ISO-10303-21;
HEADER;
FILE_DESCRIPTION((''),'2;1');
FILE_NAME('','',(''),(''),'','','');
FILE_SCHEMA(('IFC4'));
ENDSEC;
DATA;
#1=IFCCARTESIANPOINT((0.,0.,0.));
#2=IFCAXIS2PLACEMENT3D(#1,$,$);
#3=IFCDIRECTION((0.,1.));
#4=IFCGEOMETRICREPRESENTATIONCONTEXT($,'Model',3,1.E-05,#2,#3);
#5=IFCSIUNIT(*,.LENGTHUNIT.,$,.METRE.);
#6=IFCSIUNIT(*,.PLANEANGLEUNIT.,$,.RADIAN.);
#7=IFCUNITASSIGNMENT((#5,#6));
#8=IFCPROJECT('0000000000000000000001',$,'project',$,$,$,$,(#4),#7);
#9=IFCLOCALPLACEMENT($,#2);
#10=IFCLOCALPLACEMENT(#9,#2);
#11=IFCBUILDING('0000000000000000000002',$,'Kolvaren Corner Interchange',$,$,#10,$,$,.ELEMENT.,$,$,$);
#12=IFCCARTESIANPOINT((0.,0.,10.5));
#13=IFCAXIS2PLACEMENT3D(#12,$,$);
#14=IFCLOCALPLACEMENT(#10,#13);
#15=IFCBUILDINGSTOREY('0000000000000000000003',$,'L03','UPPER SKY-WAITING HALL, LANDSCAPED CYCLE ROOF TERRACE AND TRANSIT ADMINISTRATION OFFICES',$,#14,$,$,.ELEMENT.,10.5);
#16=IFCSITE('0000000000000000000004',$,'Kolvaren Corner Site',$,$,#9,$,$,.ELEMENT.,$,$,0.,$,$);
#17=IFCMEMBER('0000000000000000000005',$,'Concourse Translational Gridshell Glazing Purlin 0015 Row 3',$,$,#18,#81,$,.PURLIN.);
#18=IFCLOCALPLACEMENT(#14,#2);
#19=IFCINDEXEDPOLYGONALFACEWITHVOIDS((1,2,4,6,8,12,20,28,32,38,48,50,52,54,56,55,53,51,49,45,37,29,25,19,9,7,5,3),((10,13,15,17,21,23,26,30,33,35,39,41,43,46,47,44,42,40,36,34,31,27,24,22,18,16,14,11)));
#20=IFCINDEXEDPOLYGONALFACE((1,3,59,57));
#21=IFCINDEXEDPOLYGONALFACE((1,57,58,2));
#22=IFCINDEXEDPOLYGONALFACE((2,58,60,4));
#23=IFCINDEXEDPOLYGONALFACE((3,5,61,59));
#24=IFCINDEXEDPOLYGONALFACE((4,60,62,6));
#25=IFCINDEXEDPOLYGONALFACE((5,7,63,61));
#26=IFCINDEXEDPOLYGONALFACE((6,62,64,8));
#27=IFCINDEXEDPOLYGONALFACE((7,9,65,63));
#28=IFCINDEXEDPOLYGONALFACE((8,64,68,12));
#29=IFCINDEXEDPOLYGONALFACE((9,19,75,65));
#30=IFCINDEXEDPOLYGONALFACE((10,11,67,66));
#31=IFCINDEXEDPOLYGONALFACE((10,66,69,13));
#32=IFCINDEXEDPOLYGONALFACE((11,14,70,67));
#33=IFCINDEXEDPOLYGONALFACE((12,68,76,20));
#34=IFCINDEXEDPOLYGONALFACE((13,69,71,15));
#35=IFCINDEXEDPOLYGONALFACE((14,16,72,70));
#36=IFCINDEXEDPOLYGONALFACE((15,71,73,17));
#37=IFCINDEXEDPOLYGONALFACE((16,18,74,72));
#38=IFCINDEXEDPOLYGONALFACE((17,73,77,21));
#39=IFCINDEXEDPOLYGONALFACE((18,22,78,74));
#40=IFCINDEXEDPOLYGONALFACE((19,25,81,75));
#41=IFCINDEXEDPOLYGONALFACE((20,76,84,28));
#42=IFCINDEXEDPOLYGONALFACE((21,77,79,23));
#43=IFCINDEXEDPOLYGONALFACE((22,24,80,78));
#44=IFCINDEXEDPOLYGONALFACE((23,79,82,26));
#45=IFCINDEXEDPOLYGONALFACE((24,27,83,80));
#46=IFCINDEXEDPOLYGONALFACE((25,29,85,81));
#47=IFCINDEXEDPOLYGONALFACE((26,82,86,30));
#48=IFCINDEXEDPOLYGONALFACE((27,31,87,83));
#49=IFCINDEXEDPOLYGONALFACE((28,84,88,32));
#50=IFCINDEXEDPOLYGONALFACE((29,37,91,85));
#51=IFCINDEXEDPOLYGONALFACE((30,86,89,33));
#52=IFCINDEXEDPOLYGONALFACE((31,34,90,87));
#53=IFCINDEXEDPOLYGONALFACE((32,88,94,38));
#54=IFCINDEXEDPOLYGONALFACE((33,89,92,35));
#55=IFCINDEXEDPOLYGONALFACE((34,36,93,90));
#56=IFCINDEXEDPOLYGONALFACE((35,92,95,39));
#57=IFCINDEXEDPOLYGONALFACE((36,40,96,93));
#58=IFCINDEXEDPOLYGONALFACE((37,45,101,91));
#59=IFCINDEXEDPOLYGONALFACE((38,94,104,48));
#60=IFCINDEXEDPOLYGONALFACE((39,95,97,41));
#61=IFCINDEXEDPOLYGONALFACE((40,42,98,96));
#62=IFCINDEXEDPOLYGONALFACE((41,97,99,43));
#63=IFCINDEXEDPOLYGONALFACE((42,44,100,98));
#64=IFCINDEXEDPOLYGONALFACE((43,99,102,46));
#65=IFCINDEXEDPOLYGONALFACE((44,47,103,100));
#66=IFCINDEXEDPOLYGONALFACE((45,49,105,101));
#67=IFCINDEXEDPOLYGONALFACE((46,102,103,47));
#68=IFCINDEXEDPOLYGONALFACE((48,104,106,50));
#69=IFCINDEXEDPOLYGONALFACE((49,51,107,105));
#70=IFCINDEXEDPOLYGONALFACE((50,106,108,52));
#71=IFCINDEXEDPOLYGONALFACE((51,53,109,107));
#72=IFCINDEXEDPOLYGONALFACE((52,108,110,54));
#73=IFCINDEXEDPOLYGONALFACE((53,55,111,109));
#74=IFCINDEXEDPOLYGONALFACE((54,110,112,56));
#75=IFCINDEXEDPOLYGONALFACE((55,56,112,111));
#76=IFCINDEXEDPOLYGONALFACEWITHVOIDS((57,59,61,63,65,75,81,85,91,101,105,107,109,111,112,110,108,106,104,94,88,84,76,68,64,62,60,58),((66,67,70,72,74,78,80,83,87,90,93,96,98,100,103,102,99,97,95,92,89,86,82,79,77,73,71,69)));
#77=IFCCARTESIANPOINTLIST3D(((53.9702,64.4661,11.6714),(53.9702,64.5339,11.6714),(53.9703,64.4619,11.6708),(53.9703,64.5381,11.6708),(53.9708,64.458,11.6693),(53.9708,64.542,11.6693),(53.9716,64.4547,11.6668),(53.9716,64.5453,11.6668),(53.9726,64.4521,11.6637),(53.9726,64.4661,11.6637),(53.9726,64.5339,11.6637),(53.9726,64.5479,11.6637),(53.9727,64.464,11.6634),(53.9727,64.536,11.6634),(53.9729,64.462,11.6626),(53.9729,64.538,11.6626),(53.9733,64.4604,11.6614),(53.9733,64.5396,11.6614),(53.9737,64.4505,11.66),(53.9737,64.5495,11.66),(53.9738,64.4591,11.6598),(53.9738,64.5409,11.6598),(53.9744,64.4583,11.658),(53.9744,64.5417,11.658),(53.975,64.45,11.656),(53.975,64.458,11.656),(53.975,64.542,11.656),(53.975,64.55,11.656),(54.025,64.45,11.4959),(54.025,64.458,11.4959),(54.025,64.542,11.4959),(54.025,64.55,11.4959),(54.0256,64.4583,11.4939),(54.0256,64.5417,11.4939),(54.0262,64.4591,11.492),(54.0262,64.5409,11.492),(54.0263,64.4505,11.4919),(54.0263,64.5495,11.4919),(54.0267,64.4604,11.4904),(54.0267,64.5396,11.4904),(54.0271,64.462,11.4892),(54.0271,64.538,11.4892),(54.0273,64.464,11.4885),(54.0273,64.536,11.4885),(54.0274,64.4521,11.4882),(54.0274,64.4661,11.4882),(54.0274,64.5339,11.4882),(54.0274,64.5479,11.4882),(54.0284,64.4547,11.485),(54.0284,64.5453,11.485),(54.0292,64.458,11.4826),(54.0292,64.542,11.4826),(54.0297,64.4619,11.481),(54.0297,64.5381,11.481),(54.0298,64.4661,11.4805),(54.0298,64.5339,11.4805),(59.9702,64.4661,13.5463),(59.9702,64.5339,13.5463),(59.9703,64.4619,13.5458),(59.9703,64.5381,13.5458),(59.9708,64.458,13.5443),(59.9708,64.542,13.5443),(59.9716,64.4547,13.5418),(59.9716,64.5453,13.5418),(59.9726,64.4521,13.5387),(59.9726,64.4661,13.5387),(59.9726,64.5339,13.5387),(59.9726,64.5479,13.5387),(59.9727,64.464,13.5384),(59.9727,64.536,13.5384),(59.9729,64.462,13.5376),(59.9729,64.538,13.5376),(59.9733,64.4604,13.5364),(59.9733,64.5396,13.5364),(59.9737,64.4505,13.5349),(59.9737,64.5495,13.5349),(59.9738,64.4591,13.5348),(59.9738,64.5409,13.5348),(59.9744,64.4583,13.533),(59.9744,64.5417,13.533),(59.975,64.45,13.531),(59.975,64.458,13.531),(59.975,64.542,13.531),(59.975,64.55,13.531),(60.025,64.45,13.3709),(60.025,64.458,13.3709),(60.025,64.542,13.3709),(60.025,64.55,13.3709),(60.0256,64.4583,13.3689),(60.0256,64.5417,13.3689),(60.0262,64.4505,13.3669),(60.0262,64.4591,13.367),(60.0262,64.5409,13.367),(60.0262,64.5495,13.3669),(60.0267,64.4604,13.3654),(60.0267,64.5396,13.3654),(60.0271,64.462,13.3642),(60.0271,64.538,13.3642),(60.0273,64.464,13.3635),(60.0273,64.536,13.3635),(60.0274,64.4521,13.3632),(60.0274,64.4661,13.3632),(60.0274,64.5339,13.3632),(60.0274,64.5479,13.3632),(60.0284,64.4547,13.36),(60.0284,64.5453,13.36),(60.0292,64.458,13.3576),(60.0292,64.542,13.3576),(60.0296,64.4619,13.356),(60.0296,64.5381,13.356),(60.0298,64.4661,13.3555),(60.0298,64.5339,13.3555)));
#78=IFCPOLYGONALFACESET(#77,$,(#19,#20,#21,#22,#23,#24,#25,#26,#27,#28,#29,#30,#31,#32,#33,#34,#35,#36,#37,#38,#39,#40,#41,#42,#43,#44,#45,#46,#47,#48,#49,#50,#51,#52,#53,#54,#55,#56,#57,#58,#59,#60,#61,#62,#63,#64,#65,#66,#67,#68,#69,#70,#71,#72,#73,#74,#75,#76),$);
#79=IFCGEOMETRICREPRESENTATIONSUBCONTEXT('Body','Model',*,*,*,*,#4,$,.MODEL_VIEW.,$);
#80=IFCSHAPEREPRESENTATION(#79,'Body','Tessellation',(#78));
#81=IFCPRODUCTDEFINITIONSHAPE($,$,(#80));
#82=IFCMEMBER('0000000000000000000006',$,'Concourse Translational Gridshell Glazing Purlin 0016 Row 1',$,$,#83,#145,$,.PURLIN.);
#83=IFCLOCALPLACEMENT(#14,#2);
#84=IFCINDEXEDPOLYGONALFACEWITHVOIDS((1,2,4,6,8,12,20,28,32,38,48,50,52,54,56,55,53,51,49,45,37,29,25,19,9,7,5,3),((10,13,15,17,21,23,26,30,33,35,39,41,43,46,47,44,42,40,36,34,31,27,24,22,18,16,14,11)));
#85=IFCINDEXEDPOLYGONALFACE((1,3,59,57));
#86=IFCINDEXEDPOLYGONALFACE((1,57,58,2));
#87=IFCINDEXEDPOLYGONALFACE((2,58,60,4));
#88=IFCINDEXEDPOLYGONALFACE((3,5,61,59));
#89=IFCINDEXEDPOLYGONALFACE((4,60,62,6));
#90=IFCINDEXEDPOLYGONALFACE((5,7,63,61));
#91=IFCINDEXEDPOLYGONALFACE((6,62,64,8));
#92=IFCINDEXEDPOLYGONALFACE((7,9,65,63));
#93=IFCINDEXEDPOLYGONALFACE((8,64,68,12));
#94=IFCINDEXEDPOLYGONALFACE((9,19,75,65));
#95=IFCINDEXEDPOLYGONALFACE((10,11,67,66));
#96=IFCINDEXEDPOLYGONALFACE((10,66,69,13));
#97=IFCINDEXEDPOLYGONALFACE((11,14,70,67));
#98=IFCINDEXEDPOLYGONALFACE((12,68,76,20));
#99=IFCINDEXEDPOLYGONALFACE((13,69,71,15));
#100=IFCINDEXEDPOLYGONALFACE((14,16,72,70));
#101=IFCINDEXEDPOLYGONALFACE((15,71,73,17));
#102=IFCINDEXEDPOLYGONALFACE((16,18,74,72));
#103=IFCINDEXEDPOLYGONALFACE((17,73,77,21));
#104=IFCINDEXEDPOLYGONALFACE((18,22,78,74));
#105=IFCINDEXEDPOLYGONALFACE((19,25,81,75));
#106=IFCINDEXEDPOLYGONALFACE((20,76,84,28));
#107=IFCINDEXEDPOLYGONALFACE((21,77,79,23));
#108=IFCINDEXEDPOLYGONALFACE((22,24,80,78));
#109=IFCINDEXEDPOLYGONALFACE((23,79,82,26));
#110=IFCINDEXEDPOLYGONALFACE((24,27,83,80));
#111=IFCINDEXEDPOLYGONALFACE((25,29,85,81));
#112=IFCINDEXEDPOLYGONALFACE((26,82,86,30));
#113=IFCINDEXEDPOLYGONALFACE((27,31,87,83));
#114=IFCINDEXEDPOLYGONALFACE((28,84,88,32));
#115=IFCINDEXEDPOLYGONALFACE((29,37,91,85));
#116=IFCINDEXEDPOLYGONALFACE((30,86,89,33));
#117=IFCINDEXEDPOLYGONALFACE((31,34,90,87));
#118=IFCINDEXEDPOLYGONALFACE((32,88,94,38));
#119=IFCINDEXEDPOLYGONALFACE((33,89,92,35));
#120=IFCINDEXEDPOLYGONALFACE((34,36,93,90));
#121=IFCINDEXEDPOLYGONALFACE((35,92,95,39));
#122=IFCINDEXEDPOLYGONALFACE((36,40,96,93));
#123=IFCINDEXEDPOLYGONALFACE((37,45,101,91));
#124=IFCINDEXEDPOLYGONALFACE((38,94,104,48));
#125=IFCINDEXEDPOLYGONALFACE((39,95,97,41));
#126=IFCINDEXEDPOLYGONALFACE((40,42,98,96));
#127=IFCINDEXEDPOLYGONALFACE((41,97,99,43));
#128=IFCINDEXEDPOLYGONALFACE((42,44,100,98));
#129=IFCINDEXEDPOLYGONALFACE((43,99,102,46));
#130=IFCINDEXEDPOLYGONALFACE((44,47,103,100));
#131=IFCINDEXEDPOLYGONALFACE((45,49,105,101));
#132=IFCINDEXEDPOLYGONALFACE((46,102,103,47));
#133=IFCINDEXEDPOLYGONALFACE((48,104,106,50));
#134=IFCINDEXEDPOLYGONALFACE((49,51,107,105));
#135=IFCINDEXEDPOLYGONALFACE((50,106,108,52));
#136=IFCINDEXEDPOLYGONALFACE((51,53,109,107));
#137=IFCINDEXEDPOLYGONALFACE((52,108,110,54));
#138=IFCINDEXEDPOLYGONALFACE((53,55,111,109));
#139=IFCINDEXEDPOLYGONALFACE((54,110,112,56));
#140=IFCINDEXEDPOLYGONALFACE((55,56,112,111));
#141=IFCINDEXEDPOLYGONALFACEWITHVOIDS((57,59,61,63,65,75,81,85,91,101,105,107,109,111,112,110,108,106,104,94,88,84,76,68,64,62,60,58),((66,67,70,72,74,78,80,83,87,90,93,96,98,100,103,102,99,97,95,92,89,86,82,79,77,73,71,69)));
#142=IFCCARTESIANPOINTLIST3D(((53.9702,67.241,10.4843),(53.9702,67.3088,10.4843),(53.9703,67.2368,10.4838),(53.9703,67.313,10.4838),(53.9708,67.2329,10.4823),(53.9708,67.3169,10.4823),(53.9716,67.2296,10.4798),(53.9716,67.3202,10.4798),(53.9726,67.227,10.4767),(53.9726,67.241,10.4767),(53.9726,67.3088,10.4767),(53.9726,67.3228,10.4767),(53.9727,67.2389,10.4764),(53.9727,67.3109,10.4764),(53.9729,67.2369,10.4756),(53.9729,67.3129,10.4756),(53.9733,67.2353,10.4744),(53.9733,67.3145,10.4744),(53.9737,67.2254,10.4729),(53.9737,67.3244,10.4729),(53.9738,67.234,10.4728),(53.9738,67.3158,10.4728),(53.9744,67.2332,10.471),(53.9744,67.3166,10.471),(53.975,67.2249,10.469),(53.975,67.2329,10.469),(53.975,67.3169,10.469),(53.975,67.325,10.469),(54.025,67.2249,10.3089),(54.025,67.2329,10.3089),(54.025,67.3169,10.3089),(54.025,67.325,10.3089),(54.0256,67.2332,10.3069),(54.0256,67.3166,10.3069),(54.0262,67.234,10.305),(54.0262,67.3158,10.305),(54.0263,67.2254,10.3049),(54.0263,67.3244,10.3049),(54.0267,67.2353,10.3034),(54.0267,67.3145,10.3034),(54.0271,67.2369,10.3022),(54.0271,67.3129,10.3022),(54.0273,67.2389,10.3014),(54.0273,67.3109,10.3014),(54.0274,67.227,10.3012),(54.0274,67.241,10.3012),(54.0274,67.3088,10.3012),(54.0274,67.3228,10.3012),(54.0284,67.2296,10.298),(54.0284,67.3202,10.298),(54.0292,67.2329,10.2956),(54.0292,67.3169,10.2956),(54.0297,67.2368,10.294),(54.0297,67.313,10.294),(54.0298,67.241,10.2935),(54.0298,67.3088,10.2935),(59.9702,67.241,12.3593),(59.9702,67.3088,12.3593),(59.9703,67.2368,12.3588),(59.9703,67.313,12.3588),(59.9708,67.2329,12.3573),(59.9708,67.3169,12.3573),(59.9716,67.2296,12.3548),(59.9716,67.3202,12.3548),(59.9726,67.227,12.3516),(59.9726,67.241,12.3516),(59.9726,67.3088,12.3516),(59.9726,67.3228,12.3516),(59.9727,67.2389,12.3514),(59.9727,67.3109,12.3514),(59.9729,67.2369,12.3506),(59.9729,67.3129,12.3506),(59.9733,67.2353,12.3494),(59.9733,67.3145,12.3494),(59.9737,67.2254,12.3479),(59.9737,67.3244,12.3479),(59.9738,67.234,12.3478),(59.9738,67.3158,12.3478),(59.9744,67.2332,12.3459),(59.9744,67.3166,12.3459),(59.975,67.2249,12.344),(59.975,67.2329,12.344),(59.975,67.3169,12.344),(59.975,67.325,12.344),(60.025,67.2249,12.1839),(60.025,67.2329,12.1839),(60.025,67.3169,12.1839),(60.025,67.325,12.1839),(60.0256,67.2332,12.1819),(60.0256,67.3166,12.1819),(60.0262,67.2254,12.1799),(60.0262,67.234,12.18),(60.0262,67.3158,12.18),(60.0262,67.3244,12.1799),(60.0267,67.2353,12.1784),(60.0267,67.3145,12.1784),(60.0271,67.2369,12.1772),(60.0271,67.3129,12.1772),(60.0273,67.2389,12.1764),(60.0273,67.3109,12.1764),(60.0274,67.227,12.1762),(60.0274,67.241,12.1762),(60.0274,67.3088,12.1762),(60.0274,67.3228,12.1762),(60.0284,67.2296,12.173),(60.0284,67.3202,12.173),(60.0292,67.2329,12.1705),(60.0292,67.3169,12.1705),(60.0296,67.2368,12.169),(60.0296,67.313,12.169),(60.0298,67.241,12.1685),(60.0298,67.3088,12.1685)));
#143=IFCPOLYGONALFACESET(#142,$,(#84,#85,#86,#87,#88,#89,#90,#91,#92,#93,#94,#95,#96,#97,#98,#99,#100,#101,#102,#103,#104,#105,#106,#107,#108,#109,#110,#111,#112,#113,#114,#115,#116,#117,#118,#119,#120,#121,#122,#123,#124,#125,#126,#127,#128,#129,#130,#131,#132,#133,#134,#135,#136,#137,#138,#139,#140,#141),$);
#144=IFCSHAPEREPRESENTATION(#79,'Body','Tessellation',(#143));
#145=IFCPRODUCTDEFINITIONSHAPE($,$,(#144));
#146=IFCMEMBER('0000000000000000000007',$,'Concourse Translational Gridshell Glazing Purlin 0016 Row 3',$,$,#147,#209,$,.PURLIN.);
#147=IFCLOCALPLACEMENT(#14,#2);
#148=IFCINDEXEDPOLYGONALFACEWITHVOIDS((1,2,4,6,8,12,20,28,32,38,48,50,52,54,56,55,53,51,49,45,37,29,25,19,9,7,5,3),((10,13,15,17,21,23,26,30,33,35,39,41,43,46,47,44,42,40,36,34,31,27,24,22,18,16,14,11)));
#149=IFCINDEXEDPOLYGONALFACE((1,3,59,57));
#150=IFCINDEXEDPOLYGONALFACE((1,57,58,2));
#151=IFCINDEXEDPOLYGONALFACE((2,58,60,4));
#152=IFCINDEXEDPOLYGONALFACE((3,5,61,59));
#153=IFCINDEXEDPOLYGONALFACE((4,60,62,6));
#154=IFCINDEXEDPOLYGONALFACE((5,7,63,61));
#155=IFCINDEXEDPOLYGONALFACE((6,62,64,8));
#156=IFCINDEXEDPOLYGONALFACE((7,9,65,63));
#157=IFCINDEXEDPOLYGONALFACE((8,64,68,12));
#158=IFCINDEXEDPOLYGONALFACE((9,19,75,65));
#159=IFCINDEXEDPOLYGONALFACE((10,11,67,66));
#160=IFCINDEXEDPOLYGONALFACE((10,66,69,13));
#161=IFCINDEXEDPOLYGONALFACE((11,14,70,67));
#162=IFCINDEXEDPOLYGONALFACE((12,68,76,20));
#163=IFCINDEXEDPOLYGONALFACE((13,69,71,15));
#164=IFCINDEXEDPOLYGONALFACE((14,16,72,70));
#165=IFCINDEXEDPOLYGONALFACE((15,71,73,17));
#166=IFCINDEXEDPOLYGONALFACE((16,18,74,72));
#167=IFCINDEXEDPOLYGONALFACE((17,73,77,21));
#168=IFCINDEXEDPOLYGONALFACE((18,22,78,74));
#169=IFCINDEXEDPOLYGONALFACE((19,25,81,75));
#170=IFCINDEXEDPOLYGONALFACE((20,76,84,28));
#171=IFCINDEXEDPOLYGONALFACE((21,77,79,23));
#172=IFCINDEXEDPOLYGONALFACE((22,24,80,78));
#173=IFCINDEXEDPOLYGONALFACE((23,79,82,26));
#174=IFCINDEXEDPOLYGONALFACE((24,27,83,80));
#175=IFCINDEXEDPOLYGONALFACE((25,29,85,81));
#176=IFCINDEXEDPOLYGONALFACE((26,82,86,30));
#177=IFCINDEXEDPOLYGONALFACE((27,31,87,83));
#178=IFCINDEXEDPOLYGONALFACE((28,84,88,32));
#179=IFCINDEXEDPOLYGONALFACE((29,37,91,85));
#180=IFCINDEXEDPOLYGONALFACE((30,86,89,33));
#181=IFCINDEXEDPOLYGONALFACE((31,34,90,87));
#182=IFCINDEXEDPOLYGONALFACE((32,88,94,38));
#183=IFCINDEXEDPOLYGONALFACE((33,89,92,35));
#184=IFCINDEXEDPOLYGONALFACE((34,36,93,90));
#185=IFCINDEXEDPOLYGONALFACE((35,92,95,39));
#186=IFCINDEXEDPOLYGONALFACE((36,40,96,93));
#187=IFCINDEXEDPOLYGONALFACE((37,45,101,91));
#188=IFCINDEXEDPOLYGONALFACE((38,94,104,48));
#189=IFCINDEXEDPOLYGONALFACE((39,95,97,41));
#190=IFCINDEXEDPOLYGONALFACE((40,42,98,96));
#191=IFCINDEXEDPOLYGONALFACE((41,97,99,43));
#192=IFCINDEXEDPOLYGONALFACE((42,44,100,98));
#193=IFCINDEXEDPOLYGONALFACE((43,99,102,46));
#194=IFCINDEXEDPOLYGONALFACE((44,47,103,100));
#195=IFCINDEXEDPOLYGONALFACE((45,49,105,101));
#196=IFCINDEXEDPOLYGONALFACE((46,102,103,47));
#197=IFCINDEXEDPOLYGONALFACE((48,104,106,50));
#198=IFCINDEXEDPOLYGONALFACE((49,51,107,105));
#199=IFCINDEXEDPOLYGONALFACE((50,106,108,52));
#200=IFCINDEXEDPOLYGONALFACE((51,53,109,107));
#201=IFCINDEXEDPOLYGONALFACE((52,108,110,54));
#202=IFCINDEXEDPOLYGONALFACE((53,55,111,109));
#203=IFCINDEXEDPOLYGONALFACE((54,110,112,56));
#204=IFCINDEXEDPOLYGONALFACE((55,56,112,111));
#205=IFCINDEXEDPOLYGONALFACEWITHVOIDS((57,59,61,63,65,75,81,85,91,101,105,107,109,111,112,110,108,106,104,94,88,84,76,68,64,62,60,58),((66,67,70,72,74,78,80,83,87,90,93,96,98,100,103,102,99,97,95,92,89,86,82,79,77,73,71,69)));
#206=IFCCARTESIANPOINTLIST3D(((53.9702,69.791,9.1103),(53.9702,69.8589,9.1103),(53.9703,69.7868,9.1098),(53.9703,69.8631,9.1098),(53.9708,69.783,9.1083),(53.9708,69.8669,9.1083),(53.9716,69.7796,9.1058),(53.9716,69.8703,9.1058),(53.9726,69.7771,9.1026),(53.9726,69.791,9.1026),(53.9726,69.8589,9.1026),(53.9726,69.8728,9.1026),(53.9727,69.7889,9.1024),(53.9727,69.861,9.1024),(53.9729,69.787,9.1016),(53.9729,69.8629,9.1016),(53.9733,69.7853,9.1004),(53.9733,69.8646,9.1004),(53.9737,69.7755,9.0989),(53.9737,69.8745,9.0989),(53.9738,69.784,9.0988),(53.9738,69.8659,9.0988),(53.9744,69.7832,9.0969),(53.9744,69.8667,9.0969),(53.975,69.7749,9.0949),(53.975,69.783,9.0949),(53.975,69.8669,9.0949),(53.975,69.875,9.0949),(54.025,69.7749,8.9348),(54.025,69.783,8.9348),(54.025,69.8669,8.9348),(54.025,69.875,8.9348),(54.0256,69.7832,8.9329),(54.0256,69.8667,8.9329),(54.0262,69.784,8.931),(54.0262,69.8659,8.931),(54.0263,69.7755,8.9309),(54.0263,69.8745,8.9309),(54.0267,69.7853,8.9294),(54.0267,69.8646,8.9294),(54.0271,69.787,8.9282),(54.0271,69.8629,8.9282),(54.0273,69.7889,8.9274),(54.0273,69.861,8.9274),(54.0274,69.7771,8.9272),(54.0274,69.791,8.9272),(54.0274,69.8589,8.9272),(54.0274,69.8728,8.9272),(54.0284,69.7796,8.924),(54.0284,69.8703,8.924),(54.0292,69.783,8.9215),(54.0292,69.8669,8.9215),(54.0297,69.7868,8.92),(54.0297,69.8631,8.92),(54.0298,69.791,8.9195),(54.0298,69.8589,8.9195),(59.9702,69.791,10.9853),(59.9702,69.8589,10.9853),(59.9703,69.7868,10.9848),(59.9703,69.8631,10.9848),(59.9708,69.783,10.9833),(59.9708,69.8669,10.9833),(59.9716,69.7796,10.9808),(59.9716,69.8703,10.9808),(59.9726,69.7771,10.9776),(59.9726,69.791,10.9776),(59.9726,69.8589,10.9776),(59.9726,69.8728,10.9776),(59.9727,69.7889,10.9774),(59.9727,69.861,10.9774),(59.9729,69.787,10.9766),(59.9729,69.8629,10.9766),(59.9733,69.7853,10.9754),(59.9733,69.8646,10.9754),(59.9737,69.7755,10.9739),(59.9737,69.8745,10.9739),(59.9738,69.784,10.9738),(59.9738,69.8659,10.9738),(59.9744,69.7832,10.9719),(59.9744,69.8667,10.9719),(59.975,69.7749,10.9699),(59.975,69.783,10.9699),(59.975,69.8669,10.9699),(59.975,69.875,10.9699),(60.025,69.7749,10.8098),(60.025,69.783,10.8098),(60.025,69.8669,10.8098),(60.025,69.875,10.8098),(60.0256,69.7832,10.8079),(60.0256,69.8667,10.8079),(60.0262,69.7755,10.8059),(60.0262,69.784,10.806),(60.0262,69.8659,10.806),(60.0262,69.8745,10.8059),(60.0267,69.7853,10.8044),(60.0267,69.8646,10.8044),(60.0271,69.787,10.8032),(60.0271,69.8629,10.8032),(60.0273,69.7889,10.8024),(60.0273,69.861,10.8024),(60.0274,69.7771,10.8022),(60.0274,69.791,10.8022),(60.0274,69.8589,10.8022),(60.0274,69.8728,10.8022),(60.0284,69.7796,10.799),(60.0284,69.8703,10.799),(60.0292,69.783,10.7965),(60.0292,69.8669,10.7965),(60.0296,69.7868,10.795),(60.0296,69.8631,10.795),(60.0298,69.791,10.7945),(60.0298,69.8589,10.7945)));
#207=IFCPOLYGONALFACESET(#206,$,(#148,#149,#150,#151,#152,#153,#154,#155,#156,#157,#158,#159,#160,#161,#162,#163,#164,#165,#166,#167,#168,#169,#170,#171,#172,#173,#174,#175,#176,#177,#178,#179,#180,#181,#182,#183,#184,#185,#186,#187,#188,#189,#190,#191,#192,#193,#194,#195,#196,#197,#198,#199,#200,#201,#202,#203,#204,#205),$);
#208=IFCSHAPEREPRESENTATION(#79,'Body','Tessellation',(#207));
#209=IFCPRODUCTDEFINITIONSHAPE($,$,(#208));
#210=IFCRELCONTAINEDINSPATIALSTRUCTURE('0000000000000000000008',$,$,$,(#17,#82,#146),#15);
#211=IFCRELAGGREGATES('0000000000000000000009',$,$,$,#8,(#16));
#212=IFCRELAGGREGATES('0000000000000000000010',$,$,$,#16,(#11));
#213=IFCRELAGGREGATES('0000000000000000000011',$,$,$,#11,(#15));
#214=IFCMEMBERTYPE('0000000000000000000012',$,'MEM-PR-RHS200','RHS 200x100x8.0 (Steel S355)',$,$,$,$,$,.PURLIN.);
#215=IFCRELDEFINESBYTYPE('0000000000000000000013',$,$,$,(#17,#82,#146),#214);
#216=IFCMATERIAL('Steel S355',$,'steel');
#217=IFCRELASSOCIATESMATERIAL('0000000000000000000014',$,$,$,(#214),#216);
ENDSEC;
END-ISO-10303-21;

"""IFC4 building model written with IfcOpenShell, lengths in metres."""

from ifc_helpers import new_model, si_unit, direction, frame, origin, origin_2d, place, context, subcontext, project, spatial, hollow_rectangle, extrude, material, material_profile, profile_set, type_object, element, save


model = new_model("IFC4")

# Units and contexts
model_context = context("Model", 3, precision=1e-05, world=origin(), true_north=direction((0.0, 1.0)))
body_context = subcontext(model_context, "Body", "Model", "MODEL_VIEW")
ifc_project = project(units=[si_unit("LENGTHUNIT", "METRE"), si_unit("PLANEANGLEUNIT", "RADIAN")], contexts=[model_context])

# Site, building, storey
site_placement = place(None, origin())
site = spatial("IfcSite", under=ifc_project, at=site_placement, Name="Kolvaren Corner Site", CompositionType="ELEMENT", RefElevation=0.0)
building_placement = place(site_placement, origin())
building = spatial("IfcBuilding", under=site, at=building_placement, Name="Kolvaren Corner Interchange", CompositionType="ELEMENT")
storey_placement = place(building_placement, frame((0.0, 0.0, 10.5)))
storey = spatial("IfcBuildingStorey", under=building, at=storey_placement, Name="L03", Description="UPPER SKY-WAITING HALL, LANDSCAPED CYCLE ROOF TERRACE AND TRANSIT ADMINISTRATION OFFICES", CompositionType="ELEMENT", Elevation=10.5)

# Members
ifc_material_1 = material(Name="Steel S355", Category="steel")
ifc_material_profile_1 = material_profile(ifc_material_1, hollow_rectangle(XDim=0.1001, YDim=0.2, WallThickness=0.0081, InnerFilletRadius=0.0081, OuterFilletRadius=0.0161, at=origin_2d()), Name="RHS 200x100x8.0")
ifc_profile_set_1 = profile_set([ifc_material_profile_1], Name="Steel S355")
member_type_1 = type_object("IfcMemberType", Name="MEM-PR-RHS200", Description="RHS 200x100x8.0 (Steel S355)", PredefinedType="PURLIN", material=ifc_profile_set_1)
for number, where, z_axis, x_axis, name in (
    (1, (54.0, 64.5, 11.5759), (0.95448, 0.0, 0.298275), (0.0, 1.0, 0.0), "Concourse Translational Gridshell Glazing Purlin 0015 Row 3"),
    (2, (54.0, 67.2749, 10.3889), (0.95448, 0.0, 0.298275), (0.0, 1.0, 0.0), "Concourse Translational Gridshell Glazing Purlin 0016 Row 1"),
    (3, (54.0, 69.825, 9.0149), (0.95448, 0.0, 0.298275), (0.0, 1.0, 0.0), "Concourse Translational Gridshell Glazing Purlin 0016 Row 3"),
):
    element("IfcMember", number, at=place(storey_placement, frame(where, z_axis=z_axis, x_axis=x_axis)), inside=storey, type_object=member_type_1, Name=name, PredefinedType="PURLIN", context=body_context, shape_type="SweptSolid", body=[
        extrude(hollow_rectangle(XDim=0.1001, YDim=0.2, WallThickness=0.0081, InnerFilletRadius=0.0081, OuterFilletRadius=0.0161, at=origin_2d()), origin(), (0.0, 0.0, 1.0), 6.2861),
    ])

save(model, "model.ifc")
